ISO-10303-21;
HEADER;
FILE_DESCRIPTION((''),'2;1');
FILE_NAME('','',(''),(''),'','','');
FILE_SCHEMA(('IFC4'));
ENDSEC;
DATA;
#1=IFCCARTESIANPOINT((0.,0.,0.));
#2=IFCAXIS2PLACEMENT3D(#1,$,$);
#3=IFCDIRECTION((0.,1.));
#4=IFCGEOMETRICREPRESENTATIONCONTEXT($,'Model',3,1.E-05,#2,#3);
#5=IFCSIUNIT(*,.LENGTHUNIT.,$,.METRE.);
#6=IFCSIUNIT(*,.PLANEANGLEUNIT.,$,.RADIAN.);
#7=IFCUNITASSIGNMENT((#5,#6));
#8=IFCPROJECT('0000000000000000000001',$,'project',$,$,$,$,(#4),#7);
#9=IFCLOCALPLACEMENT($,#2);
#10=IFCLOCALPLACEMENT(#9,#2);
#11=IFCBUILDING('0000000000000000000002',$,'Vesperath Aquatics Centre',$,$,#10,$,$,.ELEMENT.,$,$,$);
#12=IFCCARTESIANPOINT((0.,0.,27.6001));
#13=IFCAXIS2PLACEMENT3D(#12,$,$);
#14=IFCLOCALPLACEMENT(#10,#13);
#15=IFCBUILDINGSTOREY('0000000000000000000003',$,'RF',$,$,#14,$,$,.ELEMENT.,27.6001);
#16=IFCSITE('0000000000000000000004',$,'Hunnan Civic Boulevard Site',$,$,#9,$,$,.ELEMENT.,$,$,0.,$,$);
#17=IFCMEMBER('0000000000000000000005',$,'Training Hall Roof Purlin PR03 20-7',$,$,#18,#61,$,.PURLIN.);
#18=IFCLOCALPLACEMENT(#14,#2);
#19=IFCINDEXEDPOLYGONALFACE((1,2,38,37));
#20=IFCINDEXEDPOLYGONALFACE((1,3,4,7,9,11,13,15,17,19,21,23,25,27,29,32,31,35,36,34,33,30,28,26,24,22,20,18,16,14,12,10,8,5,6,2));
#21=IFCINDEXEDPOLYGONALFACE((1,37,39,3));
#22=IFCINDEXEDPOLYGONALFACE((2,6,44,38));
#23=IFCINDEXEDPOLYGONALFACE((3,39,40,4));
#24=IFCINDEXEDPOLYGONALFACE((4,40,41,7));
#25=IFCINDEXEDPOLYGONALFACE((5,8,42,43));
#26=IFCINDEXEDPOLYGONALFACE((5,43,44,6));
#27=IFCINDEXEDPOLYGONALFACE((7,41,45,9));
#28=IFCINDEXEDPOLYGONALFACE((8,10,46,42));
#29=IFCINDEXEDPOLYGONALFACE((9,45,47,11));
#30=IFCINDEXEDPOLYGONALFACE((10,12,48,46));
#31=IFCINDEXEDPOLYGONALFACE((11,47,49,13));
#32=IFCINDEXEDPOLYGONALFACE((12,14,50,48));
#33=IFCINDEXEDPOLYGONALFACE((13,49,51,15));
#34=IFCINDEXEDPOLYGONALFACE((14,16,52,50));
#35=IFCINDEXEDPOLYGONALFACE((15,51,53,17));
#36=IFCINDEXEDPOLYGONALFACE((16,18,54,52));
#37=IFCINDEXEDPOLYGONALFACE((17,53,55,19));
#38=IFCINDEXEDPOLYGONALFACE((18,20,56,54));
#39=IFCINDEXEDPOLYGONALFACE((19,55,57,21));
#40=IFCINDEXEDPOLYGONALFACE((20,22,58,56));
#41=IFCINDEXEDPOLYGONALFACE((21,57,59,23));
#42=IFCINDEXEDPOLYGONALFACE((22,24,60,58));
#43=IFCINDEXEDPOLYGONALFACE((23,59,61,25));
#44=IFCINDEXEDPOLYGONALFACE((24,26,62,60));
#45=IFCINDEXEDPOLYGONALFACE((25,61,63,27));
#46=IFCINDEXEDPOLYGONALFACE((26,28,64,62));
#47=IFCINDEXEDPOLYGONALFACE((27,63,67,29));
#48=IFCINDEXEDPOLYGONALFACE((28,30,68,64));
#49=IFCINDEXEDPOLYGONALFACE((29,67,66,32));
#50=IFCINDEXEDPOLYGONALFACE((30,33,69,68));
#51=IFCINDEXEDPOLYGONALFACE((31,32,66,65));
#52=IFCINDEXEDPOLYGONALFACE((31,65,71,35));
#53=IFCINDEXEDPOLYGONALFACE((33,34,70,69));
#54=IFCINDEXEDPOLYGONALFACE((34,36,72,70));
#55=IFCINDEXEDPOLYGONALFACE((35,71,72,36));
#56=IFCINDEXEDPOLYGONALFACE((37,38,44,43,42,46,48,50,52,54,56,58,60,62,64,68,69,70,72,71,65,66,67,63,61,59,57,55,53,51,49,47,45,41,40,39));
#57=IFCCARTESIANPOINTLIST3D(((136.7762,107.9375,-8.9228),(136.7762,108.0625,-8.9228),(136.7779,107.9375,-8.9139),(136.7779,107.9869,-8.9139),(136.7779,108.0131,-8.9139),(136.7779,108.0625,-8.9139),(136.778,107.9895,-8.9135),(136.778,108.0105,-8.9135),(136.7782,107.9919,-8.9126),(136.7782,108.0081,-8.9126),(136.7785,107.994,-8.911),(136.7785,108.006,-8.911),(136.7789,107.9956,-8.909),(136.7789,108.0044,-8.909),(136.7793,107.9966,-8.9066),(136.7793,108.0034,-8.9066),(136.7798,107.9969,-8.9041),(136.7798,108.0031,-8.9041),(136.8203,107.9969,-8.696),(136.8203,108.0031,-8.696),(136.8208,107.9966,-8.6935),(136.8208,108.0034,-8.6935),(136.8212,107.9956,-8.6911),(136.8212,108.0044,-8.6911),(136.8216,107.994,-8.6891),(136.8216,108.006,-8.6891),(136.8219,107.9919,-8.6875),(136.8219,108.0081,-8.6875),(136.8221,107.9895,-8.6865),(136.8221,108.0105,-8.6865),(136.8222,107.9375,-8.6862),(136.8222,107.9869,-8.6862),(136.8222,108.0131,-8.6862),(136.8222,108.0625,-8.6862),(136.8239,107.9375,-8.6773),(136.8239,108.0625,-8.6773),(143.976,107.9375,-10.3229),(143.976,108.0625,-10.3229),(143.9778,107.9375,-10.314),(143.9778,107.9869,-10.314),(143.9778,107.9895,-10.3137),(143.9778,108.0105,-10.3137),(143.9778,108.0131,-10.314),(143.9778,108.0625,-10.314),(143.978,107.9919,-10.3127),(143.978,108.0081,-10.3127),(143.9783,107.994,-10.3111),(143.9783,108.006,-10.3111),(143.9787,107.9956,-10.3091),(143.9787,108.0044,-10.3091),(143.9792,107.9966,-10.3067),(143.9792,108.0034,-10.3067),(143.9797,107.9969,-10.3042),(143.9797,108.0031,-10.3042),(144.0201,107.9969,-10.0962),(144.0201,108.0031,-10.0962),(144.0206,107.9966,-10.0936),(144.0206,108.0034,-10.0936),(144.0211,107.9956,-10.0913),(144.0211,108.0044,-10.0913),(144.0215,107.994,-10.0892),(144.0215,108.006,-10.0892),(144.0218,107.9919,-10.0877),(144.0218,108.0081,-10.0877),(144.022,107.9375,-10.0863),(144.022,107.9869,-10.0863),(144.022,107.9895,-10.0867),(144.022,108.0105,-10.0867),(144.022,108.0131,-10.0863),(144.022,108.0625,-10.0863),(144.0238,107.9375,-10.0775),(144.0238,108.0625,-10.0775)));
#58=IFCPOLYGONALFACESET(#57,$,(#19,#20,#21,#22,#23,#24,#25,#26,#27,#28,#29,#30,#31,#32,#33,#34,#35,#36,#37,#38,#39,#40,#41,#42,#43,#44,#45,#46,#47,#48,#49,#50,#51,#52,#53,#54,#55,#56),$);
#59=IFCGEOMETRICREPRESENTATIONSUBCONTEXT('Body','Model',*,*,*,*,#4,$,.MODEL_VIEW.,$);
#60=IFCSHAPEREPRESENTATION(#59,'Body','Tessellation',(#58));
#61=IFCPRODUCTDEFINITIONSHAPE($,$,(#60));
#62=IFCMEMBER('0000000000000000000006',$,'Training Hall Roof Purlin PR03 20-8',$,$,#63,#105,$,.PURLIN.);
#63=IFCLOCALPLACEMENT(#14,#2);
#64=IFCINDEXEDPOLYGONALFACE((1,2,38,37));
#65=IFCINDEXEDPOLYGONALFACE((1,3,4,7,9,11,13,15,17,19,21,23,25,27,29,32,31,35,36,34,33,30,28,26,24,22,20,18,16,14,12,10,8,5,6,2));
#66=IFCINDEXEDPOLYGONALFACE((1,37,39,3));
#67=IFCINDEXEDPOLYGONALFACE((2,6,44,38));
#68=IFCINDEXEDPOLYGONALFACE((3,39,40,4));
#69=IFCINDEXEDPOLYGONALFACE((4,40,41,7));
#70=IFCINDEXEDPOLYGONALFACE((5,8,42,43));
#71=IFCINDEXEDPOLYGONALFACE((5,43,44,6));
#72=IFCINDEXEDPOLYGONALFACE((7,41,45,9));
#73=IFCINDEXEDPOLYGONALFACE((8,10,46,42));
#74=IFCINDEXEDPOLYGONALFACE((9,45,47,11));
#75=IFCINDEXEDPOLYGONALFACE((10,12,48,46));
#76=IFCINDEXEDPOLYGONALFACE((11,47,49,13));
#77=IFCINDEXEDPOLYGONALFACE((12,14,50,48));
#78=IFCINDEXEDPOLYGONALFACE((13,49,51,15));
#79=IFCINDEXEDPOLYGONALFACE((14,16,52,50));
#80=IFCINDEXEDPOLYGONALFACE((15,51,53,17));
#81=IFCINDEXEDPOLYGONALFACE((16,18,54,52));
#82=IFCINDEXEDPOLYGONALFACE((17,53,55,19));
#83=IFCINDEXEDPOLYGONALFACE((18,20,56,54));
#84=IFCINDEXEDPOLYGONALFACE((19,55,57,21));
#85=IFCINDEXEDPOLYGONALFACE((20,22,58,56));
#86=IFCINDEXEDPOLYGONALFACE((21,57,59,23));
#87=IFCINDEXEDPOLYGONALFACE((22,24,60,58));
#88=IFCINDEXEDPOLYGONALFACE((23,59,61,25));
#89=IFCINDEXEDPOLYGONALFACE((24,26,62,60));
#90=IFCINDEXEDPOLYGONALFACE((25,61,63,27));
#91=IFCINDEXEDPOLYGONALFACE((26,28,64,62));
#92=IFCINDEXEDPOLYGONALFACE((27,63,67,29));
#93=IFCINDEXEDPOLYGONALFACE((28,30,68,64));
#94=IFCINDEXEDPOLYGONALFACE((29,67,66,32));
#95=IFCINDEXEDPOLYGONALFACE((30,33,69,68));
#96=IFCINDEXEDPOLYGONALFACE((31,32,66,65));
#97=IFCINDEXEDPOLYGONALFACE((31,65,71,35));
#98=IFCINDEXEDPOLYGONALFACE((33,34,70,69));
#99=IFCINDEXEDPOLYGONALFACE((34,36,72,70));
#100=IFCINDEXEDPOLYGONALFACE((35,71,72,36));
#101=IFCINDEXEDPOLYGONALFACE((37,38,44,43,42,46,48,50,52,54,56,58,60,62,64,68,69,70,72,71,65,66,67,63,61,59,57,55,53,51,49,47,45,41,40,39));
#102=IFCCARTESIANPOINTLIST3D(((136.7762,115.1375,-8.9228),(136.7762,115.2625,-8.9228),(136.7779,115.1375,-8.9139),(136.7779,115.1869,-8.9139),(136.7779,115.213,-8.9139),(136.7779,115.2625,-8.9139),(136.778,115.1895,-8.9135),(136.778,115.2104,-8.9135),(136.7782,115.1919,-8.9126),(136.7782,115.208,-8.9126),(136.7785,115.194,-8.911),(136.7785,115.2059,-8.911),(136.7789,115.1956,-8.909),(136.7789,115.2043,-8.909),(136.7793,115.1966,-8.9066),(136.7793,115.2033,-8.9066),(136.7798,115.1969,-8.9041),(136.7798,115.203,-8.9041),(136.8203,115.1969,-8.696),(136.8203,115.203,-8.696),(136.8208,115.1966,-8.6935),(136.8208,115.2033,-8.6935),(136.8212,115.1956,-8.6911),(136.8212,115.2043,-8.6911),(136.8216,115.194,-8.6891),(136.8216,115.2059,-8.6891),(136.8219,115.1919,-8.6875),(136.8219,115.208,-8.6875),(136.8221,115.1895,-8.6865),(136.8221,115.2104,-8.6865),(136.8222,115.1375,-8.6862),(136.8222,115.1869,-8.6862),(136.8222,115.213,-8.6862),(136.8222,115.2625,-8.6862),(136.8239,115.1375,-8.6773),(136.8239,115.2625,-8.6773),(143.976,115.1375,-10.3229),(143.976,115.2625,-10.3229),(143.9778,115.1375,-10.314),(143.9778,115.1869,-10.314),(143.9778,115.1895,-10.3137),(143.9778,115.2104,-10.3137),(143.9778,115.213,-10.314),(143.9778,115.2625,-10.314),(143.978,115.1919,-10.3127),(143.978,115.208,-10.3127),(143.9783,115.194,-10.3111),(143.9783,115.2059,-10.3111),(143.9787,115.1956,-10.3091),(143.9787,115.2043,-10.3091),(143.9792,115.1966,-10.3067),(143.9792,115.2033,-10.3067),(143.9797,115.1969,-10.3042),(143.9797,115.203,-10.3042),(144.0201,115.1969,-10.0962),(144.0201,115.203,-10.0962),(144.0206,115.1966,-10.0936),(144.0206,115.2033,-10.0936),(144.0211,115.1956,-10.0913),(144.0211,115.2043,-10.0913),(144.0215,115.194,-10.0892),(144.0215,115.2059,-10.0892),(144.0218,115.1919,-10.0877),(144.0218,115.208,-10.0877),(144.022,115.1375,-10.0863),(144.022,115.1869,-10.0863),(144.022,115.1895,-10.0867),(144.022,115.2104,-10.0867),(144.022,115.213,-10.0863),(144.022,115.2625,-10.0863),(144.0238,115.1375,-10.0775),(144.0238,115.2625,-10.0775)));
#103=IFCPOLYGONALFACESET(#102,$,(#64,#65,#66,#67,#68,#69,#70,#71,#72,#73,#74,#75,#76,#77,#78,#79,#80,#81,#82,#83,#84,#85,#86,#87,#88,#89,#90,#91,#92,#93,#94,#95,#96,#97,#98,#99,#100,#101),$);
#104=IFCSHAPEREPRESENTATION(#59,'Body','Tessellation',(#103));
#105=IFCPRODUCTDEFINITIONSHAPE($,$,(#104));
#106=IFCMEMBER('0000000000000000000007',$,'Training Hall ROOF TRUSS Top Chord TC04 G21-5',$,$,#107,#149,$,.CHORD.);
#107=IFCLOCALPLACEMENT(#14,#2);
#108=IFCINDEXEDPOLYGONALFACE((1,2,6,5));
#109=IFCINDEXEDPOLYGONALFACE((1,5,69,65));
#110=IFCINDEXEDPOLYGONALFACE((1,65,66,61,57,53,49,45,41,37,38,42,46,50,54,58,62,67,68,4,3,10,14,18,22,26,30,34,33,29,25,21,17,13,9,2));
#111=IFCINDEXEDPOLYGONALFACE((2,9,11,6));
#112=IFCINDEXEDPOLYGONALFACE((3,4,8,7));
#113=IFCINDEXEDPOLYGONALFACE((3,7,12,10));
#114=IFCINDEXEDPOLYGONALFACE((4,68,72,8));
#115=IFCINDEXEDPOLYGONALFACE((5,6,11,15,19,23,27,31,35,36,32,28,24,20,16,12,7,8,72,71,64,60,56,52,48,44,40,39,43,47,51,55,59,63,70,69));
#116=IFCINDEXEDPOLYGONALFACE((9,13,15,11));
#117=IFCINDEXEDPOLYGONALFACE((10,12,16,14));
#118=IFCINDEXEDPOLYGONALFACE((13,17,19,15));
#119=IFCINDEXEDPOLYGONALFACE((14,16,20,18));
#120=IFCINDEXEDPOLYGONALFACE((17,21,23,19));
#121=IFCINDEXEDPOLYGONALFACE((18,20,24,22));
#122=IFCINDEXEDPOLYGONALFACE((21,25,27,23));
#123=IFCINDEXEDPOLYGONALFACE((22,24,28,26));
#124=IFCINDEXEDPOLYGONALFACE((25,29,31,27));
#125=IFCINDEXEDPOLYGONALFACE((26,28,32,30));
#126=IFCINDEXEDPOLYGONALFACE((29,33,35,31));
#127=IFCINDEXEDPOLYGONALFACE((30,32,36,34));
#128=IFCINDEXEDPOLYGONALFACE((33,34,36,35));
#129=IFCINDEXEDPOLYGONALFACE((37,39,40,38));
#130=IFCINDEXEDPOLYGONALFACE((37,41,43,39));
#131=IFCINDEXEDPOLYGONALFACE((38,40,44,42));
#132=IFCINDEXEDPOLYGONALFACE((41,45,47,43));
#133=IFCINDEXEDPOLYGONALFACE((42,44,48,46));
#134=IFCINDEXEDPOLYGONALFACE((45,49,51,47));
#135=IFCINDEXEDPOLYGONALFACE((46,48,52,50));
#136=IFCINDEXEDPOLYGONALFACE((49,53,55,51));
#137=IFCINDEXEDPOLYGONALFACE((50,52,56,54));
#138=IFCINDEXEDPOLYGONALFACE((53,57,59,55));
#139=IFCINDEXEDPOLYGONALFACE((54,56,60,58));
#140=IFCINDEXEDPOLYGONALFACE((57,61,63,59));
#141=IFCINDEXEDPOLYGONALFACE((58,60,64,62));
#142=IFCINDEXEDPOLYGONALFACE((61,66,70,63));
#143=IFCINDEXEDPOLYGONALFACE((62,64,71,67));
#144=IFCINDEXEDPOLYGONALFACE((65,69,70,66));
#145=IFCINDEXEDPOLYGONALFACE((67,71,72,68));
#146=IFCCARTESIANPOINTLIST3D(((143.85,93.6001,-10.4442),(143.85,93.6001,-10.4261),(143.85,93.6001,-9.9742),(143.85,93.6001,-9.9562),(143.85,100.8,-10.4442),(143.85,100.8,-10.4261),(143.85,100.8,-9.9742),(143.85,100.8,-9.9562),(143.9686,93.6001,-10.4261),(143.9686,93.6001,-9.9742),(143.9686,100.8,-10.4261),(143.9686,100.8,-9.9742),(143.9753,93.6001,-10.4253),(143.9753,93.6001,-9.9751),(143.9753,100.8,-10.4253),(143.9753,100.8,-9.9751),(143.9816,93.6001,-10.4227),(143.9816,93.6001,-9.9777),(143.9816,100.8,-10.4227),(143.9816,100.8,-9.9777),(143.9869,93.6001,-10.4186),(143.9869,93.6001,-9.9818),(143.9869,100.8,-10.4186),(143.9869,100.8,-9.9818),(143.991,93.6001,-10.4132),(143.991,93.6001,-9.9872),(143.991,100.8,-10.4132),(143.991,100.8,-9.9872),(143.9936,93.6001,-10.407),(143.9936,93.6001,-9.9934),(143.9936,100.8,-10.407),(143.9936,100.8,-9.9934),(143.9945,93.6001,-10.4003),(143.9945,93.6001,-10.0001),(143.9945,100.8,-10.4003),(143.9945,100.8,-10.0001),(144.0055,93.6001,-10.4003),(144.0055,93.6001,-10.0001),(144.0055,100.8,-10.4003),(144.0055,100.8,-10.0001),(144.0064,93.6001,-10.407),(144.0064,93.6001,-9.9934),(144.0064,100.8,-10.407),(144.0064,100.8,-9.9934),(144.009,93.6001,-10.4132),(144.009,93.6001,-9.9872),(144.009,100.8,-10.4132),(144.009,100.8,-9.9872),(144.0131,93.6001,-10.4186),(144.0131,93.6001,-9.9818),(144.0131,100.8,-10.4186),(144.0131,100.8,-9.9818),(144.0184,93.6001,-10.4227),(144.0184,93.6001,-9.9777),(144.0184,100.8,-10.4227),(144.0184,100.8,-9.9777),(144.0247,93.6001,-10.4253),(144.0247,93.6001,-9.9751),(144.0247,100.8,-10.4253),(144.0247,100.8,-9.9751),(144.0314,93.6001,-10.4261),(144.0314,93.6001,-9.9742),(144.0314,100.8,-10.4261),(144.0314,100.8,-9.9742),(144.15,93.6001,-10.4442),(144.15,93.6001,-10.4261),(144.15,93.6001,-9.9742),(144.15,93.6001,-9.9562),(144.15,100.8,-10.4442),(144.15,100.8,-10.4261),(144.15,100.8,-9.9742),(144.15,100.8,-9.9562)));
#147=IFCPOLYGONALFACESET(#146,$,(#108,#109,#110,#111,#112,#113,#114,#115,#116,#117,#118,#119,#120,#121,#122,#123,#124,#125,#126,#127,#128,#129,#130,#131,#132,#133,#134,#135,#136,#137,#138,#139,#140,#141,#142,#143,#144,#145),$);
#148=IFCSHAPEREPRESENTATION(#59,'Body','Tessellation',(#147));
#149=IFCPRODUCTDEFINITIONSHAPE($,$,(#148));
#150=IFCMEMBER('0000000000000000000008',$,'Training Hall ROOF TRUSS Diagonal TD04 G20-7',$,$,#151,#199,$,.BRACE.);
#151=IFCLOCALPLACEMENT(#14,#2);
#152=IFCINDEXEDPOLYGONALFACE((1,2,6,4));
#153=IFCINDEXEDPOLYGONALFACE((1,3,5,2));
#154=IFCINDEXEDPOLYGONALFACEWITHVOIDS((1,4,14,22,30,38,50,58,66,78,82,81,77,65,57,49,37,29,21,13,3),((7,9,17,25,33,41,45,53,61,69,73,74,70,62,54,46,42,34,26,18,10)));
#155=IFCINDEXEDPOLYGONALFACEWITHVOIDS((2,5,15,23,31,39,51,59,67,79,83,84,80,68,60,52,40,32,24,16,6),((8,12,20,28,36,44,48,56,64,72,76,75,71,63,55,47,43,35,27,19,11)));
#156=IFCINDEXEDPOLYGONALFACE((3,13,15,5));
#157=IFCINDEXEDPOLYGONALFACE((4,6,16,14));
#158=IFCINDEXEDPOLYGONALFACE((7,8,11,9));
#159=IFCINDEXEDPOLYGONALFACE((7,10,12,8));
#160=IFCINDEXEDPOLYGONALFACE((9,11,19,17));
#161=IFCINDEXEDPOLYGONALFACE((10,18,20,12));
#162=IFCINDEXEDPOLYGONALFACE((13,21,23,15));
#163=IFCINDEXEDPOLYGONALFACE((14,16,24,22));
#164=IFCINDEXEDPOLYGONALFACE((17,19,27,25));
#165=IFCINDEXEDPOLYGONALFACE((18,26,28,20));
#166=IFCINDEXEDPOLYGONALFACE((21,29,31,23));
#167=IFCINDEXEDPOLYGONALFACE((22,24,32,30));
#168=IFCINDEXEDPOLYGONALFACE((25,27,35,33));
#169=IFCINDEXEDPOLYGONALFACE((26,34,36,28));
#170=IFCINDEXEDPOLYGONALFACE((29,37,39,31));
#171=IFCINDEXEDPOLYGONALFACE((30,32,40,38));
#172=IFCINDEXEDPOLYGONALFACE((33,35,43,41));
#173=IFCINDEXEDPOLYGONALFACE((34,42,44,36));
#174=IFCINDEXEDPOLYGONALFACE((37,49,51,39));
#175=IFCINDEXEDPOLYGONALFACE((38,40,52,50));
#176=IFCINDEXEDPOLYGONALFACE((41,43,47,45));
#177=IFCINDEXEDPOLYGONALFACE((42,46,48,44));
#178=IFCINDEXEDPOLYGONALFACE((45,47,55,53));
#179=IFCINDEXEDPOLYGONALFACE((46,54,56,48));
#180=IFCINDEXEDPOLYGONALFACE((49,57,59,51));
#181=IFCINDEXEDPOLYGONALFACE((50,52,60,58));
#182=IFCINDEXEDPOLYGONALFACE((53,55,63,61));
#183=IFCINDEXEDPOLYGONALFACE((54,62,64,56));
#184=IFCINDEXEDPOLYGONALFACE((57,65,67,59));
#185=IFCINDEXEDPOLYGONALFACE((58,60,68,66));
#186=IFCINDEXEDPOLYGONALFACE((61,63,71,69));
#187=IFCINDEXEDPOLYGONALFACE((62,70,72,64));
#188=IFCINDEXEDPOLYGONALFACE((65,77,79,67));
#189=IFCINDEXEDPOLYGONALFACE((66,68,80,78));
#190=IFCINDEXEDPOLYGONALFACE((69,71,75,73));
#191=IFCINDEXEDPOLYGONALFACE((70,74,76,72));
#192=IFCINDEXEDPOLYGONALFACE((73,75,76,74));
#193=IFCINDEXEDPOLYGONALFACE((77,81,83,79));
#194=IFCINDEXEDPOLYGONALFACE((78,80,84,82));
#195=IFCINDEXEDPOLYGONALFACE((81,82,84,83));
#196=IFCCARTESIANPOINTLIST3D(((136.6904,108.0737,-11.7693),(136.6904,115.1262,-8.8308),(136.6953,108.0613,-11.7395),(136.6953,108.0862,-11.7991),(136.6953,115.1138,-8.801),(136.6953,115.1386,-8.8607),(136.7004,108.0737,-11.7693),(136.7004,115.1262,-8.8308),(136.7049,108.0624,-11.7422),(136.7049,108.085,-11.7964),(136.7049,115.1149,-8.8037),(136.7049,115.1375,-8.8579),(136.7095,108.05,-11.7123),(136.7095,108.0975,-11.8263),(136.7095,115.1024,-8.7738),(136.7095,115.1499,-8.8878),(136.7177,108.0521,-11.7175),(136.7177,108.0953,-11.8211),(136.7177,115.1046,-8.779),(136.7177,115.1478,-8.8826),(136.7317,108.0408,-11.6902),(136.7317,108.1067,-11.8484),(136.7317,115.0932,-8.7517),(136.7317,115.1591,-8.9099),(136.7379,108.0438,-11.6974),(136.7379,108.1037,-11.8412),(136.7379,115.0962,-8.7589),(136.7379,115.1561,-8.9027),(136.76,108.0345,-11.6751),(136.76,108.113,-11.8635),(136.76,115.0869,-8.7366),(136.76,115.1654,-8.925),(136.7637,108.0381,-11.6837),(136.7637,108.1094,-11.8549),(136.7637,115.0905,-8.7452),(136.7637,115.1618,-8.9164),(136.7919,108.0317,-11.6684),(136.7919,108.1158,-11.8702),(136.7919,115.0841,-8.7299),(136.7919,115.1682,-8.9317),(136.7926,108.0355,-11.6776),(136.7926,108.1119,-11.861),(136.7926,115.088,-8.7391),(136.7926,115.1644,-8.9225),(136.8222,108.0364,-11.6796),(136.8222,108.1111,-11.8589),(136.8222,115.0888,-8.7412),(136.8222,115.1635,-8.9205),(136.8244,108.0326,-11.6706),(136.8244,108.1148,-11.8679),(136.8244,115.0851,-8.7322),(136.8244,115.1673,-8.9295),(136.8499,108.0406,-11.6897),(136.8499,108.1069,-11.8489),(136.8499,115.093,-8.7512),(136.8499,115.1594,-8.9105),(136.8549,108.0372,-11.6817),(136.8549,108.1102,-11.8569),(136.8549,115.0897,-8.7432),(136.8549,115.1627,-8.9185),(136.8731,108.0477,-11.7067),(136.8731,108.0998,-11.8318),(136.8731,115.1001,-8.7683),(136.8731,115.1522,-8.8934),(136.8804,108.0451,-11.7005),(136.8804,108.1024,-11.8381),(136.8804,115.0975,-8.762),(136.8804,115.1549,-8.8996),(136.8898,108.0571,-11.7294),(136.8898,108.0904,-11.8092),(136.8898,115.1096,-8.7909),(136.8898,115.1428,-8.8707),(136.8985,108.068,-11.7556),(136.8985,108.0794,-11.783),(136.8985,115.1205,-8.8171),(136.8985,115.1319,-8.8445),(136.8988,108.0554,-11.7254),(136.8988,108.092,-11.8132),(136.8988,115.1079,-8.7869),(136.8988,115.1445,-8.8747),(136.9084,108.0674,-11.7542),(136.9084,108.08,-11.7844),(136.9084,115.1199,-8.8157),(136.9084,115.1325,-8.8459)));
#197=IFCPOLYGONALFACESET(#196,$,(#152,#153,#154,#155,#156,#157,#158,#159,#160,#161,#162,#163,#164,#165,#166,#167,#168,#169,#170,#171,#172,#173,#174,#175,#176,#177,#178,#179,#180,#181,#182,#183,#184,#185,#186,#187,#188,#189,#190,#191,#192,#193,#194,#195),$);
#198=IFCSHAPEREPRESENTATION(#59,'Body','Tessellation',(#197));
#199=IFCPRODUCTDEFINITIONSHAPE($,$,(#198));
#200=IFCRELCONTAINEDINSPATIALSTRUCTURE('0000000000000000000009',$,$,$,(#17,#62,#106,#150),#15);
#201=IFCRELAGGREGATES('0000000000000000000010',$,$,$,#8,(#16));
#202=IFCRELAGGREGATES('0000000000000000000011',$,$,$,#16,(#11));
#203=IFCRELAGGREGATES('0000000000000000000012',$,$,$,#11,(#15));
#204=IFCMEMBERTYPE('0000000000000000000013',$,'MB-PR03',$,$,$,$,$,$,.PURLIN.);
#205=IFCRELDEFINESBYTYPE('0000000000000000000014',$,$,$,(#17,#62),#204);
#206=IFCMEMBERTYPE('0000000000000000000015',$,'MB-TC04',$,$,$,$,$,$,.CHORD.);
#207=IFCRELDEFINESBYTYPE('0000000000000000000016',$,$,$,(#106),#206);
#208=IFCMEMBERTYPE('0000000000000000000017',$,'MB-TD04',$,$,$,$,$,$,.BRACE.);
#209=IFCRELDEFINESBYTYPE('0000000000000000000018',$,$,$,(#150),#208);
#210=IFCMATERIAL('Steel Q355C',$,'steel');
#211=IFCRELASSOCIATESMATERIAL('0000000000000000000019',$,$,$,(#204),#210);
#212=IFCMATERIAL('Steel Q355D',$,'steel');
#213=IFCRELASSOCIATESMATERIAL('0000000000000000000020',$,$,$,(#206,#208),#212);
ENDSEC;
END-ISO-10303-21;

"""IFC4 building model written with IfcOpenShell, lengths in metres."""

from ifc_helpers import new_model, si_unit, direction, frame, origin, origin_2d, place, context, subcontext, project, spatial, hollow_circle, i_section, extrude, material, material_profile, profile_set, type_object, element, save


model = new_model("IFC4")

# Units and contexts
model_context = context("Model", 3, precision=1e-05, world=origin(), true_north=direction((0.0, 1.0)))
body_context = subcontext(model_context, "Body", "Model", "MODEL_VIEW")
ifc_project = project(units=[si_unit("LENGTHUNIT", "METRE"), si_unit("PLANEANGLEUNIT", "RADIAN")], contexts=[model_context])

# Site, building, storey
site_placement = place(None, origin())
site = spatial("IfcSite", under=ifc_project, at=site_placement, Name="Hunnan Civic Boulevard Site", CompositionType="ELEMENT", RefElevation=0.0)
building_placement = place(site_placement, origin())
building = spatial("IfcBuilding", under=site, at=building_placement, Name="Vesperath Aquatics Centre", CompositionType="ELEMENT")
storey_placement = place(building_placement, frame((0.0, 0.0, 27.6001)))
storey = spatial("IfcBuildingStorey", under=building, at=storey_placement, Name="RF", CompositionType="ELEMENT", Elevation=27.6001)

# Shared definitions
ifc_material_1 = material(Name="Steel Q355C", Category="steel")

# Members
ifc_material_2 = material(Name="Steel Q355D", Category="steel")
ifc_material_profile_1 = material_profile(ifc_material_1, i_section(OverallWidth=0.125, OverallDepth=0.25, WebThickness=0.0061, FlangeThickness=0.009, FilletRadius=0.01, at=origin_2d()), Name="HN 250x125x6x9")
ifc_profile_set_1 = profile_set([ifc_material_profile_1], Name="Steel Q355C")
member_type_1 = type_object("IfcMemberType", Name="MB-PR03", PredefinedType="PURLIN", material=ifc_profile_set_1)
for number, where, z_axis, x_axis, name in (
    (1, (136.8, 108.0, -8.8), (0.981611, 0.0, -0.19089), (0.0, 1.0, 0.0), "Training Hall Roof Purlin PR03 20-7"),
    (2, (136.8, 115.2, -8.8), (0.981611, 0.0, -0.19089), (0.0, 1.0, 0.0), "Training Hall Roof Purlin PR03 20-8"),
):
    element("IfcMember", number, at=place(storey_placement, frame(where, z_axis=z_axis, x_axis=x_axis)), inside=storey, type_object=member_type_1, Name=name, PredefinedType="PURLIN", context=body_context, shape_type="SweptSolid", body=[
        extrude(i_section(OverallWidth=0.125, OverallDepth=0.25, WebThickness=0.0061, FlangeThickness=0.009, FilletRadius=0.01, at=origin_2d()), origin(), (0.0, 0.0, 1.0), 7.3347),
    ])
ifc_material_profile_2 = material_profile(ifc_material_2, i_section(OverallWidth=0.3, OverallDepth=0.488, WebThickness=0.011, FlangeThickness=0.0181, FilletRadius=0.0259, at=origin_2d()), Name="HM 488x300x11x18")
ifc_profile_set_2 = profile_set([ifc_material_profile_2], Name="Steel Q355D")
member_type_2 = type_object("IfcMemberType", Name="MB-TC04", PredefinedType="CHORD", material=ifc_profile_set_2)
member_1_placement = place(storey_placement, frame((144.0, 93.6001, -10.2002), z_axis=(0.0, 1.0, 0.0), x_axis=(-1.0, 0.0, 0.0)))
element("IfcMember", 3, at=member_1_placement, inside=storey, type_object=member_type_2, Name="Training Hall ROOF TRUSS Top Chord TC04 G21-5", PredefinedType="CHORD", context=body_context, shape_type="SweptSolid", body=[
    extrude(i_section(OverallWidth=0.3, OverallDepth=0.488, WebThickness=0.011, FlangeThickness=0.0181, FilletRadius=0.0259, at=origin_2d()), origin(), (0.0, 0.0, 1.0), 7.2),
])
ifc_material_profile_3 = material_profile(ifc_material_2, hollow_circle(Radius=0.1096, WallThickness=0.01, at=origin_2d()), Name="CHS 219.1x10")
ifc_profile_set_3 = profile_set([ifc_material_profile_3], Name="Steel Q355D")
member_type_3 = type_object("IfcMemberType", Name="MB-TD04", PredefinedType="BRACE", material=ifc_profile_set_3)
member_2_placement = place(storey_placement, frame((136.8, 108.0737, -11.7693), z_axis=(0.0, 0.92308, 0.384609), x_axis=(-1.0, 0.0, 0.0)))
element("IfcMember", 4, at=member_2_placement, inside=storey, type_object=member_type_3, Name="Training Hall ROOF TRUSS Diagonal TD04 G20-7", PredefinedType="BRACE", context=body_context, shape_type="SweptSolid", body=[
    extrude(hollow_circle(Radius=0.1096, WallThickness=0.01, at=origin_2d()), origin(), (0.0, 0.0, 1.0), 7.6401),
])

save(model, "model.ifc")
